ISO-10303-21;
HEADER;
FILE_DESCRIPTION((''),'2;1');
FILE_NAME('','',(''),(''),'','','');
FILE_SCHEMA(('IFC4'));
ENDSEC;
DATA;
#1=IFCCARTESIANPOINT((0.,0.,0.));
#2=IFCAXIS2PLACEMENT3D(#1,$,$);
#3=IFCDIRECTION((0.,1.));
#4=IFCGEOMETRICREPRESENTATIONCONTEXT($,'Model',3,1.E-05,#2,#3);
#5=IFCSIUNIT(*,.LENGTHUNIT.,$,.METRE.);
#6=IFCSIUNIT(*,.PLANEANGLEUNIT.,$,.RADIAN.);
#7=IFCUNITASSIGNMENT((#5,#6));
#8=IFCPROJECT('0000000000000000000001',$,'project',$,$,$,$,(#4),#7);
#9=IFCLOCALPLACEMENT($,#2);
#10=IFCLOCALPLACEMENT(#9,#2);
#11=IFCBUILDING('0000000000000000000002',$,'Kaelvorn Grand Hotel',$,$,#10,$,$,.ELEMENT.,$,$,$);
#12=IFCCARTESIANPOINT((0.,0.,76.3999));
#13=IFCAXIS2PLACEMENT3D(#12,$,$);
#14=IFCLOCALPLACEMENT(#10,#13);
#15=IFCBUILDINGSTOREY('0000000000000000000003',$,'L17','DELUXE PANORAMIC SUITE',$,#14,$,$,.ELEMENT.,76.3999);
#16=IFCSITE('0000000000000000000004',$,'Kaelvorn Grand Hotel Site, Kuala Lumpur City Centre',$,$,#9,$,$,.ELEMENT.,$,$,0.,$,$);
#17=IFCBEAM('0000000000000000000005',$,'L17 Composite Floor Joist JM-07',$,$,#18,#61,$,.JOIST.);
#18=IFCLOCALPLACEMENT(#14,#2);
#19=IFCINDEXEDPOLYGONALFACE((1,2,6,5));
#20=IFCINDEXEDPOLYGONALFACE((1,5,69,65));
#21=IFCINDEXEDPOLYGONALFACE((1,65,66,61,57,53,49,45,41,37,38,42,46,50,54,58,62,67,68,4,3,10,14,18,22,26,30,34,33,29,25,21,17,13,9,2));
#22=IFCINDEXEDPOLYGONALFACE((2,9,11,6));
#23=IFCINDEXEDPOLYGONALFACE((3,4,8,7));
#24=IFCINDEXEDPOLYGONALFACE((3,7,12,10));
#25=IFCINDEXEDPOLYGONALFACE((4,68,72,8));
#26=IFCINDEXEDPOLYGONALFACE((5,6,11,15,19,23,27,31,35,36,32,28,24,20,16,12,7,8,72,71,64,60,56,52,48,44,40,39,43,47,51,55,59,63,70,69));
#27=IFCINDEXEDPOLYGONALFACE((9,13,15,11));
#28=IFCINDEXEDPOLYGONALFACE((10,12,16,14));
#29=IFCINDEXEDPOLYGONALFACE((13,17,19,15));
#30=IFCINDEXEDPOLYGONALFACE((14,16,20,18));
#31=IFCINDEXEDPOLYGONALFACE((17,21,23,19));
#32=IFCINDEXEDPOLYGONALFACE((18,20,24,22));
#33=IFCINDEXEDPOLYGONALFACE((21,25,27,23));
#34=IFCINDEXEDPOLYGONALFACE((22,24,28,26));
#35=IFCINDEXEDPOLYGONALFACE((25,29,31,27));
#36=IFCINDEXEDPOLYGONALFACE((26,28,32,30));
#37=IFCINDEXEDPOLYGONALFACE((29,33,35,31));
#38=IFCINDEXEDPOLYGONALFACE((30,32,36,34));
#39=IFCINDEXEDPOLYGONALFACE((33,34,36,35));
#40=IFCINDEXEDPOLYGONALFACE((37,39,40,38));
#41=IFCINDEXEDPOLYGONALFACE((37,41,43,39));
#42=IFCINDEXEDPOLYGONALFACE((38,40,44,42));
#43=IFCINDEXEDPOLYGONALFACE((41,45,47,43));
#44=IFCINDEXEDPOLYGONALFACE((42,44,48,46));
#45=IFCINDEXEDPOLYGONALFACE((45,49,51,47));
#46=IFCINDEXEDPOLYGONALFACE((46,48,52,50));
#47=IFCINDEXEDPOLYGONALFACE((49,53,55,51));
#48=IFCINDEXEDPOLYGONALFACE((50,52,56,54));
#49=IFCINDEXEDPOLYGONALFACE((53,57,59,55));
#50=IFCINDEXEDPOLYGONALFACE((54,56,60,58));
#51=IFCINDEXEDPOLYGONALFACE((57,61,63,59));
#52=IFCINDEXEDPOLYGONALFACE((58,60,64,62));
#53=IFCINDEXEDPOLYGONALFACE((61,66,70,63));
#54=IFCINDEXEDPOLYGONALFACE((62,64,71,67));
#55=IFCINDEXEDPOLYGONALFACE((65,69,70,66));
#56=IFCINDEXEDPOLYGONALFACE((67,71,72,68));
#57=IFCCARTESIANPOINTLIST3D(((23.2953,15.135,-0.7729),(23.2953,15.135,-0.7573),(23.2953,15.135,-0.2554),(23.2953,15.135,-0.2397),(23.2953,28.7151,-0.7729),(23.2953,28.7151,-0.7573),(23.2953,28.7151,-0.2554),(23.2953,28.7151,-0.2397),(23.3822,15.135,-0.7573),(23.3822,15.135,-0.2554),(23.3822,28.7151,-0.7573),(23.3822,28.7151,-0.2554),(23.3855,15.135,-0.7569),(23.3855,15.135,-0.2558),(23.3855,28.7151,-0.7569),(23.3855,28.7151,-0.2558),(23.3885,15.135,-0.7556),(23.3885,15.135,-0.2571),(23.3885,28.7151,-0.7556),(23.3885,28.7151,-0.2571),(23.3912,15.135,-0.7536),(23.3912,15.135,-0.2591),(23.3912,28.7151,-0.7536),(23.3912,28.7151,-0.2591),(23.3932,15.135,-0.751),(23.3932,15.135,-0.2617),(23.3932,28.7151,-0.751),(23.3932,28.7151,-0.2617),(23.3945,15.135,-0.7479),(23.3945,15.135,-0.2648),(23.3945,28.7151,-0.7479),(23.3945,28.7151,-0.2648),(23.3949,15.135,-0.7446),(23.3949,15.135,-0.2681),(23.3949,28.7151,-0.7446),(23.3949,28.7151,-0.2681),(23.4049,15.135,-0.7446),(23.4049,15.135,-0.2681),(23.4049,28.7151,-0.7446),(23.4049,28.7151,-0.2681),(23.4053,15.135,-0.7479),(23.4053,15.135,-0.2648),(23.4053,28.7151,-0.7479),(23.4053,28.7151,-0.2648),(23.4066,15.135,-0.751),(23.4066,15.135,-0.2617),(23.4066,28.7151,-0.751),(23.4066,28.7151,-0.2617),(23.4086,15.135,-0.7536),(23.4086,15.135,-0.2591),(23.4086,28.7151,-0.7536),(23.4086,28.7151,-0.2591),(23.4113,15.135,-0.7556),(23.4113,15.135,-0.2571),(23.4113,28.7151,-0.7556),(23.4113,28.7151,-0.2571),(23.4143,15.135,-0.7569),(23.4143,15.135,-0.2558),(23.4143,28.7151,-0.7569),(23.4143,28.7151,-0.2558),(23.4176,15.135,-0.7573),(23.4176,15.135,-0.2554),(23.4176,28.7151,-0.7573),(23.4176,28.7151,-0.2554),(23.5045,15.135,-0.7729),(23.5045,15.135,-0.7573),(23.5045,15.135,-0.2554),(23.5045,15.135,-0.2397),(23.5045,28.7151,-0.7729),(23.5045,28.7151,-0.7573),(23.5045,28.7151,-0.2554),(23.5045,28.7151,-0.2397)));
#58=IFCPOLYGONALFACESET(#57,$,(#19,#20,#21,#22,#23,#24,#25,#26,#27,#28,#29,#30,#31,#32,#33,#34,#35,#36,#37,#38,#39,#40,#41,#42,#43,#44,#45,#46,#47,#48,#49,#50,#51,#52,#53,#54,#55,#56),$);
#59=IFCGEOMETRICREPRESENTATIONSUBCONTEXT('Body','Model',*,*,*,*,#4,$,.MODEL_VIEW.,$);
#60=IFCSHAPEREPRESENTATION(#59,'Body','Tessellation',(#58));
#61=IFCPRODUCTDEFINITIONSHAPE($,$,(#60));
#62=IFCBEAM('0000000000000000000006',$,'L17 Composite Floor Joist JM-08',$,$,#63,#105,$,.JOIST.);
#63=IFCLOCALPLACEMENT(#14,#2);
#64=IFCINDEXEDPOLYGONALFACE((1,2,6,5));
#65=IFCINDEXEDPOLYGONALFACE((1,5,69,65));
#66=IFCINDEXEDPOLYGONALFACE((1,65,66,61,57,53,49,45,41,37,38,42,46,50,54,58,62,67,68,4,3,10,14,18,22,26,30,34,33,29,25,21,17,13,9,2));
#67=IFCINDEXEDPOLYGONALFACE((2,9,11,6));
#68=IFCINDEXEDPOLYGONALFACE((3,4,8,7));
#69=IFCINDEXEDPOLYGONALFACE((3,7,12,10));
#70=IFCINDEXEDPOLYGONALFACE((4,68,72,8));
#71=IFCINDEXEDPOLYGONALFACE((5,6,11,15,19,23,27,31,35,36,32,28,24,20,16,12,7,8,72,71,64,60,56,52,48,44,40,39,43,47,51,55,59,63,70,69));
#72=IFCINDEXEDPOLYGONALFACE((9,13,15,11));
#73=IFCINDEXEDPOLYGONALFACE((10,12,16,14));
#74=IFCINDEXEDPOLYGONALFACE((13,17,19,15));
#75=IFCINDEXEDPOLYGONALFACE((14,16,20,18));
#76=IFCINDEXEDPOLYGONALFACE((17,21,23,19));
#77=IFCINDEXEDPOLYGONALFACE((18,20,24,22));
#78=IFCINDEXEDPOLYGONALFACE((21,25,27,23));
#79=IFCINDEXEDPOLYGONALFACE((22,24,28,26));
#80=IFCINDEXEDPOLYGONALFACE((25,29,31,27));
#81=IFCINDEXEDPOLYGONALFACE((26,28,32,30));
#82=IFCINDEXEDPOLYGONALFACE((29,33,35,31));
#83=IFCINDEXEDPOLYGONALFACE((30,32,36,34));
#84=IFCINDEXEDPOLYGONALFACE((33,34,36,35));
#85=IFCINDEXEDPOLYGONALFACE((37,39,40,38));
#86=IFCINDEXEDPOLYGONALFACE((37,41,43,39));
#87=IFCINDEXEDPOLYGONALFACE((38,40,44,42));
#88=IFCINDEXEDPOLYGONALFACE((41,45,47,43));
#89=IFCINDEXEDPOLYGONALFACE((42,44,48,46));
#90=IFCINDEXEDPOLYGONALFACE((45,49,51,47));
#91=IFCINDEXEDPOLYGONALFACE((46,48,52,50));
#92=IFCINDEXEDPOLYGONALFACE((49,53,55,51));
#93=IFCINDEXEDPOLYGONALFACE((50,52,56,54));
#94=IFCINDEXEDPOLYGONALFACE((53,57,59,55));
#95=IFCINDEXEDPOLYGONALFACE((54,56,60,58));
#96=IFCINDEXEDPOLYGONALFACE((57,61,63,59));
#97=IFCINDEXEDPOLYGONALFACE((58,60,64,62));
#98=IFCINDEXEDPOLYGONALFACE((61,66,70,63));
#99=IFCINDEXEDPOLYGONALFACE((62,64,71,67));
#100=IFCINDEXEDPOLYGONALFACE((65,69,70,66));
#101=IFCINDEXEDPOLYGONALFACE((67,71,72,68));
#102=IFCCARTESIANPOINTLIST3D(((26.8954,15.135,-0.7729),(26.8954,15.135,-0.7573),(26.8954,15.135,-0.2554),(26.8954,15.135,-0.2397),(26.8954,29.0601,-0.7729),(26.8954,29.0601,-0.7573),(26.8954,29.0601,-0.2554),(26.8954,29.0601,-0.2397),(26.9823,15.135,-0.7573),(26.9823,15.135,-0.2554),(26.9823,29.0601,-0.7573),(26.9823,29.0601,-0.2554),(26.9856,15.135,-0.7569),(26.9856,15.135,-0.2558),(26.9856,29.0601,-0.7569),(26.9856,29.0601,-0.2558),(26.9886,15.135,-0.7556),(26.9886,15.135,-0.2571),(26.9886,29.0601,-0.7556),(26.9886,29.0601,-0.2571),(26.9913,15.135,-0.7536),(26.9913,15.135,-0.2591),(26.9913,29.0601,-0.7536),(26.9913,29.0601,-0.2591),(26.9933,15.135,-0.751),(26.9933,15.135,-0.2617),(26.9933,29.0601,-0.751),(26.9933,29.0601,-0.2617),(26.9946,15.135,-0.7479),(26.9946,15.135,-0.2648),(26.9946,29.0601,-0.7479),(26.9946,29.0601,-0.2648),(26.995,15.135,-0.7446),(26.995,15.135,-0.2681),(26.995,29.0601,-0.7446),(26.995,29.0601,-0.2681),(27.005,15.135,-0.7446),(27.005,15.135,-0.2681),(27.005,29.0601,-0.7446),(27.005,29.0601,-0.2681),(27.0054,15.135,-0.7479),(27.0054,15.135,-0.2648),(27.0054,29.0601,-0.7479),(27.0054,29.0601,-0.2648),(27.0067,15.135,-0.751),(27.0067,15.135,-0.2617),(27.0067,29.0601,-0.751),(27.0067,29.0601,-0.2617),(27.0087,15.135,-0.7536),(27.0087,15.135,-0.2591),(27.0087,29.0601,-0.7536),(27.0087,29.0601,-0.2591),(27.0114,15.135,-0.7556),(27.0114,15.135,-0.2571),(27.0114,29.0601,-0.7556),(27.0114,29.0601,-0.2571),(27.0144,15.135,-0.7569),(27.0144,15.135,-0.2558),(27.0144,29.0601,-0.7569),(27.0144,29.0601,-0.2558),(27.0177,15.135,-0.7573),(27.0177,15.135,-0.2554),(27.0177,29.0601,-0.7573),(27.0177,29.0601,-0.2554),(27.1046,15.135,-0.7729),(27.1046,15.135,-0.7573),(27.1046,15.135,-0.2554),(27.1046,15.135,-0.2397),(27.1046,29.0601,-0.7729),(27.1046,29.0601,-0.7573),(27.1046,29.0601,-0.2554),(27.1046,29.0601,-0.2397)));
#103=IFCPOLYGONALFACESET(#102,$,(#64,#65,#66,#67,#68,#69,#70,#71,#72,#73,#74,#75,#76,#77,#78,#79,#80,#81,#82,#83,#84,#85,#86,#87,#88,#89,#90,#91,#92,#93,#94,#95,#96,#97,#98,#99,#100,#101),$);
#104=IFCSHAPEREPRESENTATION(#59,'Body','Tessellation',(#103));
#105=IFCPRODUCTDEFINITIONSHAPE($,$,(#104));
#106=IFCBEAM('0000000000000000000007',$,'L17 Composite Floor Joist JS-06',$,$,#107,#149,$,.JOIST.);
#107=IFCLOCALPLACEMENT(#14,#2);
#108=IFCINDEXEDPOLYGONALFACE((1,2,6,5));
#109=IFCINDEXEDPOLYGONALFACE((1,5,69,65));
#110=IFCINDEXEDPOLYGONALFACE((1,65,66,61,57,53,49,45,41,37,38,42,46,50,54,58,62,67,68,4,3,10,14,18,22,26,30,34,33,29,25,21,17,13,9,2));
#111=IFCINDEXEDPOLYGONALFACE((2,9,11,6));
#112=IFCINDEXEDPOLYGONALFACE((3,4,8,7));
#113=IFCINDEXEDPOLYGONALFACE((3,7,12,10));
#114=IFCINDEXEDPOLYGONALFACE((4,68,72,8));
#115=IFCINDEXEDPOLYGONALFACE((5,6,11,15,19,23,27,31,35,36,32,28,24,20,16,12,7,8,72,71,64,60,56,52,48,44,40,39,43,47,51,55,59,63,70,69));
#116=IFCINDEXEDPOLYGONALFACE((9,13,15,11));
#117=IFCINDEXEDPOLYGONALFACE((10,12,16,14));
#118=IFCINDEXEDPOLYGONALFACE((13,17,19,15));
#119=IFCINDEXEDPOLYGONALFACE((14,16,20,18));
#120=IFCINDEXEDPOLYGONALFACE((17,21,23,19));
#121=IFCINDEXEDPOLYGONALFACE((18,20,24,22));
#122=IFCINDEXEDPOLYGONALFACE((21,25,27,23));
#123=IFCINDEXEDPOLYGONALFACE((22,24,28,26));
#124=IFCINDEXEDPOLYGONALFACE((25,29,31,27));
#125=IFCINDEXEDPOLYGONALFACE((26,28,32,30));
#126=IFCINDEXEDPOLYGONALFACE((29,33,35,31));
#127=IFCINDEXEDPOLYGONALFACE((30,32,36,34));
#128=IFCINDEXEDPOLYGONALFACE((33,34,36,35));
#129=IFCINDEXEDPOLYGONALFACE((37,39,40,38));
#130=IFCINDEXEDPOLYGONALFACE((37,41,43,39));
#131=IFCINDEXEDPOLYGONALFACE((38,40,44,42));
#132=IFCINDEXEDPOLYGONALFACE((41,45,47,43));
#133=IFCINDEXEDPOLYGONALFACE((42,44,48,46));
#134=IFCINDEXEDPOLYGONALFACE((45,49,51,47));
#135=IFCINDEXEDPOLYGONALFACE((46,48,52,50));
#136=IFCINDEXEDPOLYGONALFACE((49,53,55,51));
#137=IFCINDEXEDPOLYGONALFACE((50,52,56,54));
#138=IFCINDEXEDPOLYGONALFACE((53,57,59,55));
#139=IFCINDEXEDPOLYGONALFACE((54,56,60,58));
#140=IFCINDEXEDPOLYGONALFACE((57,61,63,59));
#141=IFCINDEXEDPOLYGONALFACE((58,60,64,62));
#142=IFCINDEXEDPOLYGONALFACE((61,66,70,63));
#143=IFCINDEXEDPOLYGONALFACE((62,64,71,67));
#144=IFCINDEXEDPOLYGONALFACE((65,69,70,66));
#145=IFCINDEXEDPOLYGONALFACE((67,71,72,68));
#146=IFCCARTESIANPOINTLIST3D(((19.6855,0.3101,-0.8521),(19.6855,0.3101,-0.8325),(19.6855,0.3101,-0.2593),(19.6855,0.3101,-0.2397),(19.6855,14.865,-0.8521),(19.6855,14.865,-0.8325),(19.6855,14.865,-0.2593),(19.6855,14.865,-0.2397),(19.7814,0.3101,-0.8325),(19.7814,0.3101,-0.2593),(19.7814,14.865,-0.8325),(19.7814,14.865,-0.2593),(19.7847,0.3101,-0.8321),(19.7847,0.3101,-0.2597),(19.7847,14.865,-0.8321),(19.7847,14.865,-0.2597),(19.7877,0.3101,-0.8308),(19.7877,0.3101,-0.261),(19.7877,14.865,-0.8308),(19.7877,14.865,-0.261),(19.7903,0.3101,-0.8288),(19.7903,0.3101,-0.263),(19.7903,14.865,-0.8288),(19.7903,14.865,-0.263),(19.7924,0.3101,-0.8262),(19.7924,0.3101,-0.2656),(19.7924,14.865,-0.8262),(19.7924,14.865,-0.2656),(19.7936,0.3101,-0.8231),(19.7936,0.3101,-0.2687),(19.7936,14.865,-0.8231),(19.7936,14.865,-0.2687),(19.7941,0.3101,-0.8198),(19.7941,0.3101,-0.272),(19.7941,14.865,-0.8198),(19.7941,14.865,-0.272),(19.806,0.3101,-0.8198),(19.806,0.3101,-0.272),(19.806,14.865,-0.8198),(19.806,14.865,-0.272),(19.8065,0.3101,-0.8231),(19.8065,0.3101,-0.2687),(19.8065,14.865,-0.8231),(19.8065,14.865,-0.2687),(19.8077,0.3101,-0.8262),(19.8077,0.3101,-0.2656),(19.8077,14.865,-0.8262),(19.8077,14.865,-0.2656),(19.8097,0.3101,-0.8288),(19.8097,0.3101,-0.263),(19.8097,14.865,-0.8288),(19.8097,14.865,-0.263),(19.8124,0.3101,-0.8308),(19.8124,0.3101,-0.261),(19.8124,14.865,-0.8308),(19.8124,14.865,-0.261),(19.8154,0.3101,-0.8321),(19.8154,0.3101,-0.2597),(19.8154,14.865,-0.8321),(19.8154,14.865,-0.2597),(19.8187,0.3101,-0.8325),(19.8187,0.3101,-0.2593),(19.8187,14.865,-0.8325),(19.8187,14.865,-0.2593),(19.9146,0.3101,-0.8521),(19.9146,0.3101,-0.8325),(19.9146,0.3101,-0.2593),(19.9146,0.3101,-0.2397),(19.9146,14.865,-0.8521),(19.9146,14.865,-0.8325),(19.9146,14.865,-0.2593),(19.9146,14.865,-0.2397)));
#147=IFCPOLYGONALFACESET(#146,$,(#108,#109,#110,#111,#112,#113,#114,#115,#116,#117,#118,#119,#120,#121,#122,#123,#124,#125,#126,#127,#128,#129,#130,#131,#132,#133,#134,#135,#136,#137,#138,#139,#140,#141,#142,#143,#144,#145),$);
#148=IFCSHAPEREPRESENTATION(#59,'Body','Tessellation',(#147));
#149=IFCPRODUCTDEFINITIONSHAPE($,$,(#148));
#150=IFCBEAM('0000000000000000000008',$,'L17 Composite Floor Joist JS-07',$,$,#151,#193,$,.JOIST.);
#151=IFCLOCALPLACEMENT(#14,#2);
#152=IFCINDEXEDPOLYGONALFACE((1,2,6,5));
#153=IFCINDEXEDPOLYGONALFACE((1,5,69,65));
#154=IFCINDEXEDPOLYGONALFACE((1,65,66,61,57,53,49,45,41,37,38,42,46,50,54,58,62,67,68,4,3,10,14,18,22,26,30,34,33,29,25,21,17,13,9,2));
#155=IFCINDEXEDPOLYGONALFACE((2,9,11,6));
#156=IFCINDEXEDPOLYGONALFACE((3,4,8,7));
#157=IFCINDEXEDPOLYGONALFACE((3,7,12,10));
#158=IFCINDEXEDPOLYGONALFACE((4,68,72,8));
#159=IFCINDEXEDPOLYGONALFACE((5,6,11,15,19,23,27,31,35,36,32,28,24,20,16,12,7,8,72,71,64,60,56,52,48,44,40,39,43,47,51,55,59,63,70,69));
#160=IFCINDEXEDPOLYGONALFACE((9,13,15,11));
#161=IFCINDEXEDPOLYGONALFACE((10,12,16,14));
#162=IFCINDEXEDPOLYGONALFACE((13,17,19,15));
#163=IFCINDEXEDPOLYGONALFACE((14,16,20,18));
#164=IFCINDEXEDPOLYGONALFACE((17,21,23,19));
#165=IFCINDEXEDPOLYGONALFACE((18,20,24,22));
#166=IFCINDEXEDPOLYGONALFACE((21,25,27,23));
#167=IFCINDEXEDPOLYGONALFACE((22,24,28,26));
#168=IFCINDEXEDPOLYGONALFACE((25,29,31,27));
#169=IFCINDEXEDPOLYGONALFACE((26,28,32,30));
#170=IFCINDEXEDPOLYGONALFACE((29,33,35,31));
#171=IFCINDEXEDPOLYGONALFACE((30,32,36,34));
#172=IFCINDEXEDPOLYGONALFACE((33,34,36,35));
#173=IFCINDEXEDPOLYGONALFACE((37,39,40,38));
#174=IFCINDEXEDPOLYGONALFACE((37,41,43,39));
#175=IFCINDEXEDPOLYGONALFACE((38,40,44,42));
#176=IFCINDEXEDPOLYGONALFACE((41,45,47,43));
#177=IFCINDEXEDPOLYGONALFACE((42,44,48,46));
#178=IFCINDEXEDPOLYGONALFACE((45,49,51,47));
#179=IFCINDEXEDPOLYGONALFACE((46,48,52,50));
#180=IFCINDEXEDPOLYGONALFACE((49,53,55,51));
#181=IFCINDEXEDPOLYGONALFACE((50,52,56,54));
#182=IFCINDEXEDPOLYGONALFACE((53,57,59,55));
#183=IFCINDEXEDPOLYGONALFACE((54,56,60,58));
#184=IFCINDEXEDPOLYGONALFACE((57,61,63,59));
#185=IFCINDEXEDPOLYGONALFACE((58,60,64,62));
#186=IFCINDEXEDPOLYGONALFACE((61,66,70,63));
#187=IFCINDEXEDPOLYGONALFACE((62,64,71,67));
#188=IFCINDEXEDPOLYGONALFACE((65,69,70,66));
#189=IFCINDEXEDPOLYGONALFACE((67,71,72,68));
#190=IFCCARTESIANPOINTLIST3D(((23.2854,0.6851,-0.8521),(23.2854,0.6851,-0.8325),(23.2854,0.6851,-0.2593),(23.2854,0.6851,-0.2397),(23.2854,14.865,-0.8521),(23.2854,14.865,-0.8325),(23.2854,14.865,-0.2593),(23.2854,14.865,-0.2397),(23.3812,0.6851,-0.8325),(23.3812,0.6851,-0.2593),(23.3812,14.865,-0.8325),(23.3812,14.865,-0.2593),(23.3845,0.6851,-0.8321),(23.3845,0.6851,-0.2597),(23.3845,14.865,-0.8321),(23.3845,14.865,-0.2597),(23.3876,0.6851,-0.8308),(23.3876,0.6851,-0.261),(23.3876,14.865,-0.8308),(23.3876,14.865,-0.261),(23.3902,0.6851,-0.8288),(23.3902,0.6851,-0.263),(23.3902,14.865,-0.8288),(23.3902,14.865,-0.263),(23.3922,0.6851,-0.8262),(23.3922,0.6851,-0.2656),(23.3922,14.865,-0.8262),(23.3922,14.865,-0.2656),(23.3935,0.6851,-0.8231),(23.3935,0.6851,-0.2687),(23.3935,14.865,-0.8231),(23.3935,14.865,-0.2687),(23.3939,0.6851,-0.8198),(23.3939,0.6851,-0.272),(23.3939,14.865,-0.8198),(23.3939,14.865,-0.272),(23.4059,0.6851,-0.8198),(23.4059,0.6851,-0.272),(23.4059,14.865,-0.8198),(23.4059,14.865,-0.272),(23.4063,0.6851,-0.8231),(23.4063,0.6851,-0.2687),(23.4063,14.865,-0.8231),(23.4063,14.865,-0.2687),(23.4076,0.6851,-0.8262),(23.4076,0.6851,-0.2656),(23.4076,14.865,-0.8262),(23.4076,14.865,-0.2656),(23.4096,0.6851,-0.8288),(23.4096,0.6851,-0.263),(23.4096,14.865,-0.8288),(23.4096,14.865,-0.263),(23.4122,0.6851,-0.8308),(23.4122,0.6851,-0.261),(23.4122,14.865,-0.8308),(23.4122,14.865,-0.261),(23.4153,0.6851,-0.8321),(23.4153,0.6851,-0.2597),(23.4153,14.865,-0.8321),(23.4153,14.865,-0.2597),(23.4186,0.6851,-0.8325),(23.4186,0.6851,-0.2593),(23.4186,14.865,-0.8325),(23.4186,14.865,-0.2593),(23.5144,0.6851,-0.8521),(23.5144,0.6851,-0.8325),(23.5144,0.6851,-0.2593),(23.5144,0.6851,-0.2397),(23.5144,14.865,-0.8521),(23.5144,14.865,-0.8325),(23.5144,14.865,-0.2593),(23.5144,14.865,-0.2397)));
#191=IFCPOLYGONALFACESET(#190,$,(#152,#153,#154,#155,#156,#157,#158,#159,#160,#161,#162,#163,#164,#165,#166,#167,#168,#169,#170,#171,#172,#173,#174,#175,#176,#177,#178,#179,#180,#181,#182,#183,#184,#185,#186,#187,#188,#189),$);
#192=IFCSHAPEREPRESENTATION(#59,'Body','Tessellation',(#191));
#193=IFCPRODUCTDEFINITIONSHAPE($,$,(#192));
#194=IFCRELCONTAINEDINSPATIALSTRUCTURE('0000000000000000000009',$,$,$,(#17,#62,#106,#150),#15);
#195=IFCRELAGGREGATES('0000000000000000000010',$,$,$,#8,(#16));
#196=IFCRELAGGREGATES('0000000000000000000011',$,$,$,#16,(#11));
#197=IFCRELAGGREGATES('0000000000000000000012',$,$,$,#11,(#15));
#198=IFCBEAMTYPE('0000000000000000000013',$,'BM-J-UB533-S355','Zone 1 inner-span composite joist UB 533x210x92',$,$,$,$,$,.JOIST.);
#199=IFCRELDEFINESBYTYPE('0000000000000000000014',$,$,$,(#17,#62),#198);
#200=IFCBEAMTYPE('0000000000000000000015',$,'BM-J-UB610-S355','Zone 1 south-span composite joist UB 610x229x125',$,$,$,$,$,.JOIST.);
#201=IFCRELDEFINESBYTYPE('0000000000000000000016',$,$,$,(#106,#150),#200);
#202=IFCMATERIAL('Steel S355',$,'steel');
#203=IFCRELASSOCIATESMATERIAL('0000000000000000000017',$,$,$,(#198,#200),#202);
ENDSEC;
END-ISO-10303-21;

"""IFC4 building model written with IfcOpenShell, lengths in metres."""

from ifc_helpers import new_model, si_unit, direction, frame, origin, origin_2d, place, context, subcontext, project, spatial, i_section, extrude, material, material_profile, profile_set, type_object, element, save


model = new_model("IFC4")

# Units and contexts
model_context = context("Model", 3, precision=1e-05, world=origin(), true_north=direction((0.0, 1.0)))
body_context = subcontext(model_context, "Body", "Model", "MODEL_VIEW")
ifc_project = project(units=[si_unit("LENGTHUNIT", "METRE"), si_unit("PLANEANGLEUNIT", "RADIAN")], contexts=[model_context])

# Site, building, storey
site_placement = place(None, origin())
site = spatial("IfcSite", under=ifc_project, at=site_placement, Name="Kaelvorn Grand Hotel Site, Kuala Lumpur City Centre", CompositionType="ELEMENT", RefElevation=0.0)
building_placement = place(site_placement, origin())
building = spatial("IfcBuilding", under=site, at=building_placement, Name="Kaelvorn Grand Hotel", CompositionType="ELEMENT")
storey_placement = place(building_placement, frame((0.0, 0.0, 76.3999)))
storey = spatial("IfcBuildingStorey", under=building, at=storey_placement, Name="L17", Description="DELUXE PANORAMIC SUITE", CompositionType="ELEMENT", Elevation=76.3999)

# Beams
ifc_material_1 = material(Name="Steel S355", Category="steel")
ifc_material_profile_1 = material_profile(ifc_material_1, i_section(OverallWidth=0.2092, OverallDepth=0.5332, WebThickness=0.01, FlangeThickness=0.0156, FilletRadius=0.0127, at=origin_2d()), Name="UB 533x210x92")
ifc_profile_set_1 = profile_set([ifc_material_profile_1], Name="Steel S355")
beam_type_1 = type_object("IfcBeamType", Name="BM-J-UB533-S355", Description="Zone 1 inner-span composite joist UB 533x210x92", PredefinedType="JOIST", material=ifc_profile_set_1)
beam_1_placement = place(storey_placement, frame((23.3999, 15.135, -0.5063), z_axis=(0.0, 1.0, 0.0), x_axis=(-1.0, 0.0, 0.0)))
element("IfcBeam", 1, at=beam_1_placement, inside=storey, type_object=beam_type_1, Name="L17 Composite Floor Joist JM-07", PredefinedType="JOIST", context=body_context, shape_type="SweptSolid", body=[
    extrude(i_section(OverallWidth=0.2092, OverallDepth=0.5332, WebThickness=0.01, FlangeThickness=0.0156, FilletRadius=0.0127, at=origin_2d()), origin(), (0.0, 0.0, 1.0), 13.5801),
])
beam_2_placement = place(storey_placement, frame((27.0, 15.135, -0.5063), z_axis=(0.0, 1.0, 0.0), x_axis=(-1.0, 0.0, 0.0)))
element("IfcBeam", 2, at=beam_2_placement, inside=storey, type_object=beam_type_1, Name="L17 Composite Floor Joist JM-08", PredefinedType="JOIST", context=body_context, shape_type="SweptSolid", body=[
    extrude(i_section(OverallWidth=0.2092, OverallDepth=0.5332, WebThickness=0.01, FlangeThickness=0.0156, FilletRadius=0.0127, at=origin_2d()), origin(), (0.0, 0.0, 1.0), 13.925),
])
ifc_material_profile_2 = material_profile(ifc_material_1, i_section(OverallWidth=0.229, OverallDepth=0.6123, WebThickness=0.012, FlangeThickness=0.0195, FilletRadius=0.0127, at=origin_2d()), Name="UB 610x229x125")
ifc_profile_set_2 = profile_set([ifc_material_profile_2], Name="Steel S355")
beam_type_2 = type_object("IfcBeamType", Name="BM-J-UB610-S355", Description="Zone 1 south-span composite joist UB 610x229x125", PredefinedType="JOIST", material=ifc_profile_set_2)
beam_3_placement = place(storey_placement, frame((19.8, 0.3101, -0.5459), z_axis=(0.0, 1.0, 0.0), x_axis=(-1.0, 0.0, 0.0)))
element("IfcBeam", 3, at=beam_3_placement, inside=storey, type_object=beam_type_2, Name="L17 Composite Floor Joist JS-06", PredefinedType="JOIST", context=body_context, shape_type="SweptSolid", body=[
    extrude(i_section(OverallWidth=0.229, OverallDepth=0.6123, WebThickness=0.012, FlangeThickness=0.0195, FilletRadius=0.0127, at=origin_2d()), origin(), (0.0, 0.0, 1.0), 14.5549),
])
beam_4_placement = place(storey_placement, frame((23.3999, 0.6851, -0.5459), z_axis=(0.0, 1.0, 0.0), x_axis=(-1.0, 0.0, 0.0)))
element("IfcBeam", 4, at=beam_4_placement, inside=storey, type_object=beam_type_2, Name="L17 Composite Floor Joist JS-07", PredefinedType="JOIST", context=body_context, shape_type="SweptSolid", body=[
    extrude(i_section(OverallWidth=0.229, OverallDepth=0.6123, WebThickness=0.012, FlangeThickness=0.0195, FilletRadius=0.0127, at=origin_2d()), origin(), (0.0, 0.0, 1.0), 14.1799),
])

save(model, "model.ifc")
